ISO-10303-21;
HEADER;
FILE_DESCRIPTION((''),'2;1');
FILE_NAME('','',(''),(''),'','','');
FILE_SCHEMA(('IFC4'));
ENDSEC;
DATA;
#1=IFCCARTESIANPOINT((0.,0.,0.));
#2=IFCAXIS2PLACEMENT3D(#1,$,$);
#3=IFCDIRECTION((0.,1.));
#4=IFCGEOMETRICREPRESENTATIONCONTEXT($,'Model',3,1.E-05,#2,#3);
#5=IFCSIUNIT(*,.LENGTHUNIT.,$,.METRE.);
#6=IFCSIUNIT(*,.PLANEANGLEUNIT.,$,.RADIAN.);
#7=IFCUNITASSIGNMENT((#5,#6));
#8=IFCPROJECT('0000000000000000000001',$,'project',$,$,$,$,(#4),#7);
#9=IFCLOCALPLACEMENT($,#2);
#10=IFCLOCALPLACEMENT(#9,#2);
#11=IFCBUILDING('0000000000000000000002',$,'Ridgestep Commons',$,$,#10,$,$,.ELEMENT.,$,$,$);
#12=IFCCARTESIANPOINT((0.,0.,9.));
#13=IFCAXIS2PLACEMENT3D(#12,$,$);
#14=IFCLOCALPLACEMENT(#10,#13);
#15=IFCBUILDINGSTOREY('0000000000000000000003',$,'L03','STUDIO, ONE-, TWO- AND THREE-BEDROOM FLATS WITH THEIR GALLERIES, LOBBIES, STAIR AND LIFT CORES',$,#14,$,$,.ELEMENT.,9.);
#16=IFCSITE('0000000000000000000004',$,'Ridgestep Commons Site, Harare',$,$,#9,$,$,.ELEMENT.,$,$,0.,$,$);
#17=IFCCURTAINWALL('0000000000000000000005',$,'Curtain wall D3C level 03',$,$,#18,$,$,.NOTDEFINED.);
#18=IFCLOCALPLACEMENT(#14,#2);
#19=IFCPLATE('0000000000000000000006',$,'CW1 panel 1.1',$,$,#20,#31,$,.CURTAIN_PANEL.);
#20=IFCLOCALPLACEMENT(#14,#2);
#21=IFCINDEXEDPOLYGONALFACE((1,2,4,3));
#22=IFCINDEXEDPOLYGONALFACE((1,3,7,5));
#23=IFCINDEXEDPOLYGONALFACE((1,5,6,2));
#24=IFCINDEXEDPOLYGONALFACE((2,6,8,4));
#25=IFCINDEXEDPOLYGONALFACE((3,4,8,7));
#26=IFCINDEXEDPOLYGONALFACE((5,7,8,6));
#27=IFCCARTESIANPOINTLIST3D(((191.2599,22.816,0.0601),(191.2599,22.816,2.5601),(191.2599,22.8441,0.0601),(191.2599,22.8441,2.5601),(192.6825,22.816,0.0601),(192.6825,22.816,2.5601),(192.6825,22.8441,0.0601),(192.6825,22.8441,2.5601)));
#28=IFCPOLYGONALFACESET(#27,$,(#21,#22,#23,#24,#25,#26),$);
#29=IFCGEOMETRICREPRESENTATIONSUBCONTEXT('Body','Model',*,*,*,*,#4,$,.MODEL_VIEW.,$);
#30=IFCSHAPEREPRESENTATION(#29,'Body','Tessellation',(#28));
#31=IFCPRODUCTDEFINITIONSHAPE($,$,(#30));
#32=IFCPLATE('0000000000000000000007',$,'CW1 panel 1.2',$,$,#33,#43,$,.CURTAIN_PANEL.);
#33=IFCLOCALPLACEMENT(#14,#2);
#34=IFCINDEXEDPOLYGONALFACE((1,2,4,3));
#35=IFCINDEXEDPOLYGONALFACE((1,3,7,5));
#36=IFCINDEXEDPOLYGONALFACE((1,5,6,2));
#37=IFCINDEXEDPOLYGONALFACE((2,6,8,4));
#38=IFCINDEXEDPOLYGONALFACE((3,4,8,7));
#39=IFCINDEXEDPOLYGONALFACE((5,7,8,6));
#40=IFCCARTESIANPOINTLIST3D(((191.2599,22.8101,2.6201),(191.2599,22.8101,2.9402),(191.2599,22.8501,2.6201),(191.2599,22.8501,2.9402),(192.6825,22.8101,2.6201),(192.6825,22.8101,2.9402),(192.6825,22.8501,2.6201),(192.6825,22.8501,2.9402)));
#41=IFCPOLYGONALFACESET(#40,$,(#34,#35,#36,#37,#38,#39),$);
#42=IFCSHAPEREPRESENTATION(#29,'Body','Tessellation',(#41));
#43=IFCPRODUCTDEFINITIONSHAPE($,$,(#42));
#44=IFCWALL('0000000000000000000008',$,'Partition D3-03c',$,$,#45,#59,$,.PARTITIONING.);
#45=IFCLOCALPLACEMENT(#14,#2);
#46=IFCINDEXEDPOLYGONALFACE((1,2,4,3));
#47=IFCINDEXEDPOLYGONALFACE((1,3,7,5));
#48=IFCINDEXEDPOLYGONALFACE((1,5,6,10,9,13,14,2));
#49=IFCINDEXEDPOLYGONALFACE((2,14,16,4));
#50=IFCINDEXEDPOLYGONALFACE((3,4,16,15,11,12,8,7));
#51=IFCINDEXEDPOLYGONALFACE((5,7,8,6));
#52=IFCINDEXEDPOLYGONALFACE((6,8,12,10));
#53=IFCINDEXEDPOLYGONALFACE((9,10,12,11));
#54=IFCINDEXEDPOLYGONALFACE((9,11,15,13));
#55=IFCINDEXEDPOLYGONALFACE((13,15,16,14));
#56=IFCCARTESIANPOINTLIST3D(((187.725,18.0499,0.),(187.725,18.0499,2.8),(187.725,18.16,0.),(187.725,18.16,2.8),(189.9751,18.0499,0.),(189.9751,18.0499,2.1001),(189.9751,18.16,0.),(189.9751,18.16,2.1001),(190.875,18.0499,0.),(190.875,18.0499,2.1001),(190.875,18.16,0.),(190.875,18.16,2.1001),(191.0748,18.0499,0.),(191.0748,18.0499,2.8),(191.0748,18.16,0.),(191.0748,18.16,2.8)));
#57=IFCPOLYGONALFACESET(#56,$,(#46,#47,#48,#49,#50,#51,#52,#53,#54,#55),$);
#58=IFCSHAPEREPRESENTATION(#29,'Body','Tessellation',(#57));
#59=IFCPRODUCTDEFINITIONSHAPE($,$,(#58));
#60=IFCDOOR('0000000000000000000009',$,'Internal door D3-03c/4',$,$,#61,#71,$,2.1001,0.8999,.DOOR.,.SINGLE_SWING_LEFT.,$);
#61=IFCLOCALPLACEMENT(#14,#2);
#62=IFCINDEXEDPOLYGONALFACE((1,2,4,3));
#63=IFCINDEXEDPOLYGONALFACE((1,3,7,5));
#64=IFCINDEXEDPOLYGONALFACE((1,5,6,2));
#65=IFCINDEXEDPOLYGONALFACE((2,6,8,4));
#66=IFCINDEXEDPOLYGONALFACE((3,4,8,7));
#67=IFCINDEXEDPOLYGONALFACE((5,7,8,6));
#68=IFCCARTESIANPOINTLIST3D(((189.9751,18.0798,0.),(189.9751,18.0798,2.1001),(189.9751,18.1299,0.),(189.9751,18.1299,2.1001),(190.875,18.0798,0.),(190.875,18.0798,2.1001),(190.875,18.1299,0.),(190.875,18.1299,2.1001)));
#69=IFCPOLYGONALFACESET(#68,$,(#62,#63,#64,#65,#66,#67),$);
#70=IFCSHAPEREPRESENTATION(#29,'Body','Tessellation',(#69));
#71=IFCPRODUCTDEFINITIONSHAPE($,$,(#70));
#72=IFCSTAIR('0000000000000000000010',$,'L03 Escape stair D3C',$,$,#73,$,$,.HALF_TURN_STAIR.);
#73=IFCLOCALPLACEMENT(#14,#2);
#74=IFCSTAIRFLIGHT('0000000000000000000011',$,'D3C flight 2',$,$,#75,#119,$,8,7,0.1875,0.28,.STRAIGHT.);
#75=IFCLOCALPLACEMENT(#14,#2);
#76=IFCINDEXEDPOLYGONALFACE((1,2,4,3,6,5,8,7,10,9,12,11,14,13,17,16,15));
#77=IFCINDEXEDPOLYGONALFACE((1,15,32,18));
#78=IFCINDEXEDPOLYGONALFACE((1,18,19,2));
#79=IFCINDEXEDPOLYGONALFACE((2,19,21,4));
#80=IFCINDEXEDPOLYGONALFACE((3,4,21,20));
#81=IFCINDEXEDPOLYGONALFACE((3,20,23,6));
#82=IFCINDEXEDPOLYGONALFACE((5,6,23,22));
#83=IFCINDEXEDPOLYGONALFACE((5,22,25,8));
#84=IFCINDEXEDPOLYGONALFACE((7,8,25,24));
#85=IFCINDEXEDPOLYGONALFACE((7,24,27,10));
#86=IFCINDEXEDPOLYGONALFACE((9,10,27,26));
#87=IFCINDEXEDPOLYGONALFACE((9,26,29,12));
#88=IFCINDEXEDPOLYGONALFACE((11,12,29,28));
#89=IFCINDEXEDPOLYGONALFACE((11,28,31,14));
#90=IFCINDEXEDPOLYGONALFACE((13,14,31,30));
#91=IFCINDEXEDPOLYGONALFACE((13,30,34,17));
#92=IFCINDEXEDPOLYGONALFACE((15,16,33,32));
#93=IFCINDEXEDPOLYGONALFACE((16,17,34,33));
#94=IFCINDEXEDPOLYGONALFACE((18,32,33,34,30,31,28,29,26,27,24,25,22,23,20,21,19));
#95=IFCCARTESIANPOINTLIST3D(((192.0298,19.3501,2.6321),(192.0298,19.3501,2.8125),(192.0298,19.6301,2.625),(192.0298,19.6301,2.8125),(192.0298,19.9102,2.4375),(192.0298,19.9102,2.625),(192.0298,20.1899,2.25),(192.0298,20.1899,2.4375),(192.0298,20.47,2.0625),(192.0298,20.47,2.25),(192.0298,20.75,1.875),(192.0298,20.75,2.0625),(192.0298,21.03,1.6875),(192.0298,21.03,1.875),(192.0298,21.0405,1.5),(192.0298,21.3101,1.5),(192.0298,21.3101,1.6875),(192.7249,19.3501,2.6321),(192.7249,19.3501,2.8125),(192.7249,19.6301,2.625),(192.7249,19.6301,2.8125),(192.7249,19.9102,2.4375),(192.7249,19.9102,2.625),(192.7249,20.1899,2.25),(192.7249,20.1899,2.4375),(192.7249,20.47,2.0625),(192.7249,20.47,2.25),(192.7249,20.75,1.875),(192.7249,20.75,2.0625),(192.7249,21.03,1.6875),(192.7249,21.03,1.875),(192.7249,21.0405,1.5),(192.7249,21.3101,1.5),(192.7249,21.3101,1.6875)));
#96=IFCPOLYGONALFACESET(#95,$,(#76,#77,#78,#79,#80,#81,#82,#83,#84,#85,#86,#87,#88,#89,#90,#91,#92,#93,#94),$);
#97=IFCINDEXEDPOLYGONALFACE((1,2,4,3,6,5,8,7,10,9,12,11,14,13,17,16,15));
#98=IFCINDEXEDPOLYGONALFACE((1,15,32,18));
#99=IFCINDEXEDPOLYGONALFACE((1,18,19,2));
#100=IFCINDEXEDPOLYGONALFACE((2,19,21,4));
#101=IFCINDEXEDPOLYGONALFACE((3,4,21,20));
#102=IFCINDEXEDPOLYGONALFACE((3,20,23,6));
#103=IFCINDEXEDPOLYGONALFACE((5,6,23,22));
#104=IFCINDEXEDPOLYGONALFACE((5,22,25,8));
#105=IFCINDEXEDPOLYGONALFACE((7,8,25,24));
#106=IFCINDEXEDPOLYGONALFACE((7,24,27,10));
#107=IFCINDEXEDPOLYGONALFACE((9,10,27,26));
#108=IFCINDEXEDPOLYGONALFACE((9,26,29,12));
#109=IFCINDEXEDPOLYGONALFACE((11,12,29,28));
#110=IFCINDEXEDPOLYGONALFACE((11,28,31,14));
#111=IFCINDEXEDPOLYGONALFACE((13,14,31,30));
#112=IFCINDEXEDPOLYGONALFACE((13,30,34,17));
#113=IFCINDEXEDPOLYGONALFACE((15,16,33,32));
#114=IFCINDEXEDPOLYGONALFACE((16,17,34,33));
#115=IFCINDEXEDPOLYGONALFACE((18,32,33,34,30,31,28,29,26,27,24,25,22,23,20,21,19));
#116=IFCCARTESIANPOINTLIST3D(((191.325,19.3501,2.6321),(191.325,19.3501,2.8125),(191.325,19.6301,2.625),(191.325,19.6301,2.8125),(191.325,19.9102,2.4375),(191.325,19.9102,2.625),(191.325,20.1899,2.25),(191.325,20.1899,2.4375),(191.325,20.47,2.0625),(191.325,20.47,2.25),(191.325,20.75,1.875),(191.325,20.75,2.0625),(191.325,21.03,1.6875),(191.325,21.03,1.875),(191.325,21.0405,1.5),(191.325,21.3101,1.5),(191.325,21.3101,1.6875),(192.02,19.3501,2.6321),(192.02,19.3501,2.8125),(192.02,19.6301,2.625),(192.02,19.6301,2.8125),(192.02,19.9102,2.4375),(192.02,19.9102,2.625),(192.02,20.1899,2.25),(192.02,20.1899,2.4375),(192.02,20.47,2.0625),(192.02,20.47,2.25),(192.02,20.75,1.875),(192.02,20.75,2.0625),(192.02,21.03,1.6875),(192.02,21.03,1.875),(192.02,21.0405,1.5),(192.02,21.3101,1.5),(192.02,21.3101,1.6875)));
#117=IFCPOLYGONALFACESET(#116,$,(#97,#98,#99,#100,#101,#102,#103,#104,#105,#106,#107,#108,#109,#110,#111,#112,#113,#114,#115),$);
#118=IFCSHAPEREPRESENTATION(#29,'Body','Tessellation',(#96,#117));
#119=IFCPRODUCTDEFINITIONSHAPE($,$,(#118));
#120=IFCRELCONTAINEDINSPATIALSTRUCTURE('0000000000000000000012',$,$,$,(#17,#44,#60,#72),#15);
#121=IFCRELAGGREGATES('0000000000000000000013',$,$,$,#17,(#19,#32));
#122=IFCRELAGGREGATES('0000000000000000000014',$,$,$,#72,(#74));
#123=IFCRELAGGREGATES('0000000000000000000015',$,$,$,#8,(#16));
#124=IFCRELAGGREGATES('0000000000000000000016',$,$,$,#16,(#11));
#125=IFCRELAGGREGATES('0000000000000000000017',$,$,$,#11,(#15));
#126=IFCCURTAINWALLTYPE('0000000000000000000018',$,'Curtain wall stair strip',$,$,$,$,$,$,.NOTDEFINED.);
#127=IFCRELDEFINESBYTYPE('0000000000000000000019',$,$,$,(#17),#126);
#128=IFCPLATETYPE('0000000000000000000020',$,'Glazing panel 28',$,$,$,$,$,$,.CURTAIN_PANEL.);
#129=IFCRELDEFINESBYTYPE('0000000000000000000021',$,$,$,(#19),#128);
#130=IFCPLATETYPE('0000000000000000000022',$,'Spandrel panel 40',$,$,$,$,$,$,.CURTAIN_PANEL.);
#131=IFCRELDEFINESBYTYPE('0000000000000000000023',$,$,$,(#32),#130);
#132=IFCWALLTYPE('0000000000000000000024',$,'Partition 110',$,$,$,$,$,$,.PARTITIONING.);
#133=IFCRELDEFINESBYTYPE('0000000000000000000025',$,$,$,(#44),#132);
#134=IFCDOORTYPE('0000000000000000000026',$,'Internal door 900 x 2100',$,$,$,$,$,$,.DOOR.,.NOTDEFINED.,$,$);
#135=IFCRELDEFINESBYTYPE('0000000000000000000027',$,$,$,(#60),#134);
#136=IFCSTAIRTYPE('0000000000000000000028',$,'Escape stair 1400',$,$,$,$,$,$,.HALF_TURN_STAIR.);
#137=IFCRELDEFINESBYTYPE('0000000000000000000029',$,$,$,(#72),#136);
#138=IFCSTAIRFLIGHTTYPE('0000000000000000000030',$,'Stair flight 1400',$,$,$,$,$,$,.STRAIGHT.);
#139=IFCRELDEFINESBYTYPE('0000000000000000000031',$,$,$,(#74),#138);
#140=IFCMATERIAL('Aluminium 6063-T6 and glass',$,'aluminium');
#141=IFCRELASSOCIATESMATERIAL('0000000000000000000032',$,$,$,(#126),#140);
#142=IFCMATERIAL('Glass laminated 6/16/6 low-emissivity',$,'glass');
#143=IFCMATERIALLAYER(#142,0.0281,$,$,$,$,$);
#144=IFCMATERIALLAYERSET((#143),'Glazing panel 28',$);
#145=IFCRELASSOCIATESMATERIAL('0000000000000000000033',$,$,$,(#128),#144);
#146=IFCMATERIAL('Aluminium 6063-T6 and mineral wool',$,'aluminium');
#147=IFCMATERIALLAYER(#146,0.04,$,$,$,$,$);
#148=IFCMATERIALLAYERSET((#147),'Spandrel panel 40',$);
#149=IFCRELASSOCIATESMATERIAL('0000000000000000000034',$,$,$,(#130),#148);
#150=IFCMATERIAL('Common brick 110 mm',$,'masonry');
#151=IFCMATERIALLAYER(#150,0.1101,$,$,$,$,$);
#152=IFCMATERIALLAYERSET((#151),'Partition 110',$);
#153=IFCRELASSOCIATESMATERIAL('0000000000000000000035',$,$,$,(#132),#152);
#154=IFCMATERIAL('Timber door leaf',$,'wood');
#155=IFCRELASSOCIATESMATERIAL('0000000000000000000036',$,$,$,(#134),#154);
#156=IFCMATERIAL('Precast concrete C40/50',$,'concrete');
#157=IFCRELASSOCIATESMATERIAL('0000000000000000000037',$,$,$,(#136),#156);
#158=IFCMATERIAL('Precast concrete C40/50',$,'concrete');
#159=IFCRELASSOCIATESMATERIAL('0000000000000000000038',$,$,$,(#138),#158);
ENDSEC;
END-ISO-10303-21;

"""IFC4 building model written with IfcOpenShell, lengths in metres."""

from ifc_helpers import new_model, si_unit, direction, frame, frame_2d, origin, origin_2d, place, context, subcontext, project, spatial, polyline, rectangle, outline, extrude, material, layer, layer_set, type_object, element, fill, aggregate, save


model = new_model("IFC4")

# Units and contexts
model_context = context("Model", 3, precision=1e-05, world=origin(), true_north=direction((0.0, 1.0)))
body_context = subcontext(model_context, "Body", "Model", "MODEL_VIEW")
ifc_project = project(units=[si_unit("LENGTHUNIT", "METRE"), si_unit("PLANEANGLEUNIT", "RADIAN")], contexts=[model_context])

# Site, building, storey
site_placement = place(None, origin())
site = spatial("IfcSite", under=ifc_project, at=site_placement, Name="Ridgestep Commons Site, Harare", CompositionType="ELEMENT", RefElevation=0.0)
building_placement = place(site_placement, origin())
building = spatial("IfcBuilding", under=site, at=building_placement, Name="Ridgestep Commons", CompositionType="ELEMENT")
storey_placement = place(building_placement, frame((0.0, 0.0, 9.0)))
storey = spatial("IfcBuildingStorey", under=building, at=storey_placement, Name="L03", Description="STUDIO, ONE-, TWO- AND THREE-BEDROOM FLATS WITH THEIR GALLERIES, LOBBIES, STAIR AND LIFT CORES", CompositionType="ELEMENT", Elevation=9.0)

# Curtain wall
ifc_material_1 = material(Name="Aluminium 6063-T6 and glass", Category="aluminium")
curtain_wall_type = type_object("IfcCurtainWallType", Name="Curtain wall stair strip", PredefinedType="NOTDEFINED", material=ifc_material_1)
curtain_wall_placement = place(storey_placement, origin())
curtain_wall = element("IfcCurtainWall", 1, at=curtain_wall_placement, inside=storey, type_object=curtain_wall_type, Name="Curtain wall D3C level 03", PredefinedType="NOTDEFINED")

# Plates
ifc_material_2 = material(Name="Glass laminated 6/16/6 low-emissivity", Category="glass")
ifc_layer_1 = layer(ifc_material_2, 0.0281)
ifc_layer_set_1 = layer_set([ifc_layer_1], Name="Glazing panel 28")
plate_type_1 = type_object("IfcPlateType", Name="Glazing panel 28", PredefinedType="CURTAIN_PANEL", material=ifc_layer_set_1)
plate_1_placement = place(storey_placement, frame((191.9712, 22.8301, 0.0601), z_axis=(0.0, 0.0, 1.0), x_axis=(1.0, 0.0, 0.0)))
plate_1 = element("IfcPlate", 2, at=plate_1_placement, type_object=plate_type_1, Name="CW1 panel 1.1", PredefinedType="CURTAIN_PANEL", context=body_context, shape_type="SweptSolid", body=[
    extrude(rectangle(XDim=1.4226, YDim=0.0281, at=origin_2d()), origin(), (0.0, 0.0, 1.0), 2.5),
])
ifc_material_3 = material(Name="Aluminium 6063-T6 and mineral wool", Category="aluminium")
ifc_layer_2 = layer(ifc_material_3, 0.04)
ifc_layer_set_2 = layer_set([ifc_layer_2], Name="Spandrel panel 40")
plate_type_2 = type_object("IfcPlateType", Name="Spandrel panel 40", PredefinedType="CURTAIN_PANEL", material=ifc_layer_set_2)
plate_2_placement = place(storey_placement, frame((191.9712, 22.8301, 2.6201), z_axis=(0.0, 0.0, 1.0), x_axis=(1.0, 0.0, 0.0)))
plate_2 = element("IfcPlate", 3, at=plate_2_placement, type_object=plate_type_2, Name="CW1 panel 1.2", PredefinedType="CURTAIN_PANEL", context=body_context, shape_type="SweptSolid", body=[
    extrude(rectangle(XDim=1.4226, YDim=0.04, at=origin_2d()), origin(), (0.0, 0.0, 1.0), 0.3201),
])
aggregate(curtain_wall, [plate_1, plate_2])

# Wall, opening, door
ifc_material_4 = material(Name="Common brick 110 mm", Category="masonry")
ifc_layer_3 = layer(ifc_material_4, 0.1101)
ifc_layer_set_3 = layer_set([ifc_layer_3], Name="Partition 110")
wall_type = type_object("IfcWallType", Name="Partition 110", PredefinedType="PARTITIONING", material=ifc_layer_set_3)
wall_placement = place(storey_placement, frame((187.7251, 18.105, 0.0), z_axis=(0.0, 0.0, 1.0), x_axis=(1.0, 0.0, 0.0)))
wall = element("IfcWall", 4, at=wall_placement, inside=storey, type_object=wall_type, Name="Partition D3-03c", PredefinedType="PARTITIONING", context=body_context, shape_type="SweptSolid", body=[
    extrude(rectangle(XDim=3.3499, YDim=0.1101, at=frame_2d((1.6748, 0.0))), origin(), (0.0, 0.0, 1.0), 2.8),
])
opening_placement = place(wall_placement, frame((2.25, 0.0, 0.0)))
opening = element("IfcOpeningElement", 5, at=opening_placement, cuts=wall, PredefinedType="OPENING", context=body_context, shape_type="SweptSolid", body=[
    extrude(rectangle(XDim=0.8999, YDim=2.1001, at=frame_2d((0.45, 1.05))), frame((0.0, 0.0649, 0.0), z_axis=(0.0, -1.0, 0.0), x_axis=(1.0, 0.0, 0.0)), (0.0, 0.0, 1.0), 0.1301),
])
ifc_material_5 = material(Name="Timber door leaf", Category="wood")
door_type = type_object("IfcDoorType", Name="Internal door 900 x 2100", OperationType="NOTDEFINED", PredefinedType="DOOR", material=ifc_material_5)
door_placement = place(opening_placement, origin())
door = element("IfcDoor", 6, at=door_placement, inside=storey, type_object=door_type, Name="Internal door D3-03c/4", OperationType="SINGLE_SWING_LEFT", OverallHeight=2.1001, OverallWidth=0.8999, PredefinedType="DOOR", context=body_context, shape_type="SweptSolid", body=[
    extrude(rectangle(XDim=0.8999, YDim=2.1001, at=frame_2d((0.45, 1.05))), frame((0.0, 0.0249, 0.0), z_axis=(0.0, -1.0, 0.0), x_axis=(1.0, 0.0, 0.0)), (0.0, 0.0, 1.0), 0.05),
])
fill(opening, door)

# Stair, stair flight
ifc_material_6 = material(Name="Precast concrete C40/50", Category="concrete")
stair_type = type_object("IfcStairType", Name="Escape stair 1400", PredefinedType="HALF_TURN_STAIR", material=ifc_material_6)
stair_placement = place(storey_placement, origin())
stair = element("IfcStair", 7, at=stair_placement, inside=storey, type_object=stair_type, Name="L03 Escape stair D3C", PredefinedType="HALF_TURN_STAIR")
ifc_material_7 = material(Name="Precast concrete C40/50", Category="concrete")
stair_flight_type = type_object("IfcStairFlightType", Name="Stair flight 1400", PredefinedType="STRAIGHT", material=ifc_material_7)
stair_flight_placement = place(storey_placement, frame((192.0249, 21.3101, 1.5), z_axis=(0.0, 0.0, 1.0), x_axis=(0.0, -1.0, 0.0)))
stair_flight = element("IfcStairFlight", 8, at=stair_flight_placement, type_object=stair_flight_type, Name="D3C flight 2", NumberOfRisers=8, NumberOfTreads=7, PredefinedType="STRAIGHT", RiserHeight=0.1875, TreadLength=0.28, context=body_context, shape_type="SweptSolid", body=[
    extrude(outline(polyline([(0.0, 0.0), (0.0, 0.1875), (0.28, 0.1875), (0.28, 0.375), (0.5601, 0.375), (0.5601, 0.5625), (0.8401, 0.5625), (0.8401, 0.75), (1.1201, 0.75), (1.1201, 0.9375), (1.3999, 0.9375), (1.3999, 1.125), (1.6799, 1.125), (1.6799, 1.3125), (1.96, 1.3125), (1.96, 1.5), (1.96, 1.1321), (0.2695, 0.0), (0.0, 0.0)])), frame((0.0, 0.7, 0.0), z_axis=(0.0, -1.0, 0.0), x_axis=(1.0, 0.0, 0.0)), (0.0, 0.0, 1.0), 0.6951),
    extrude(outline(polyline([(0.0, 0.0), (0.0, 0.1875), (0.28, 0.1875), (0.28, 0.375), (0.5601, 0.375), (0.5601, 0.5625), (0.8401, 0.5625), (0.8401, 0.75), (1.1201, 0.75), (1.1201, 0.9375), (1.3999, 0.9375), (1.3999, 1.125), (1.6799, 1.125), (1.6799, 1.3125), (1.96, 1.3125), (1.96, 1.5), (1.96, 1.1321), (0.2695, 0.0), (0.0, 0.0)])), frame((0.0, -0.0049, 0.0), z_axis=(0.0, -1.0, 0.0), x_axis=(1.0, 0.0, 0.0)), (0.0, 0.0, 1.0), 0.6951),
])
aggregate(stair, [stair_flight])

save(model, "model.ifc")
